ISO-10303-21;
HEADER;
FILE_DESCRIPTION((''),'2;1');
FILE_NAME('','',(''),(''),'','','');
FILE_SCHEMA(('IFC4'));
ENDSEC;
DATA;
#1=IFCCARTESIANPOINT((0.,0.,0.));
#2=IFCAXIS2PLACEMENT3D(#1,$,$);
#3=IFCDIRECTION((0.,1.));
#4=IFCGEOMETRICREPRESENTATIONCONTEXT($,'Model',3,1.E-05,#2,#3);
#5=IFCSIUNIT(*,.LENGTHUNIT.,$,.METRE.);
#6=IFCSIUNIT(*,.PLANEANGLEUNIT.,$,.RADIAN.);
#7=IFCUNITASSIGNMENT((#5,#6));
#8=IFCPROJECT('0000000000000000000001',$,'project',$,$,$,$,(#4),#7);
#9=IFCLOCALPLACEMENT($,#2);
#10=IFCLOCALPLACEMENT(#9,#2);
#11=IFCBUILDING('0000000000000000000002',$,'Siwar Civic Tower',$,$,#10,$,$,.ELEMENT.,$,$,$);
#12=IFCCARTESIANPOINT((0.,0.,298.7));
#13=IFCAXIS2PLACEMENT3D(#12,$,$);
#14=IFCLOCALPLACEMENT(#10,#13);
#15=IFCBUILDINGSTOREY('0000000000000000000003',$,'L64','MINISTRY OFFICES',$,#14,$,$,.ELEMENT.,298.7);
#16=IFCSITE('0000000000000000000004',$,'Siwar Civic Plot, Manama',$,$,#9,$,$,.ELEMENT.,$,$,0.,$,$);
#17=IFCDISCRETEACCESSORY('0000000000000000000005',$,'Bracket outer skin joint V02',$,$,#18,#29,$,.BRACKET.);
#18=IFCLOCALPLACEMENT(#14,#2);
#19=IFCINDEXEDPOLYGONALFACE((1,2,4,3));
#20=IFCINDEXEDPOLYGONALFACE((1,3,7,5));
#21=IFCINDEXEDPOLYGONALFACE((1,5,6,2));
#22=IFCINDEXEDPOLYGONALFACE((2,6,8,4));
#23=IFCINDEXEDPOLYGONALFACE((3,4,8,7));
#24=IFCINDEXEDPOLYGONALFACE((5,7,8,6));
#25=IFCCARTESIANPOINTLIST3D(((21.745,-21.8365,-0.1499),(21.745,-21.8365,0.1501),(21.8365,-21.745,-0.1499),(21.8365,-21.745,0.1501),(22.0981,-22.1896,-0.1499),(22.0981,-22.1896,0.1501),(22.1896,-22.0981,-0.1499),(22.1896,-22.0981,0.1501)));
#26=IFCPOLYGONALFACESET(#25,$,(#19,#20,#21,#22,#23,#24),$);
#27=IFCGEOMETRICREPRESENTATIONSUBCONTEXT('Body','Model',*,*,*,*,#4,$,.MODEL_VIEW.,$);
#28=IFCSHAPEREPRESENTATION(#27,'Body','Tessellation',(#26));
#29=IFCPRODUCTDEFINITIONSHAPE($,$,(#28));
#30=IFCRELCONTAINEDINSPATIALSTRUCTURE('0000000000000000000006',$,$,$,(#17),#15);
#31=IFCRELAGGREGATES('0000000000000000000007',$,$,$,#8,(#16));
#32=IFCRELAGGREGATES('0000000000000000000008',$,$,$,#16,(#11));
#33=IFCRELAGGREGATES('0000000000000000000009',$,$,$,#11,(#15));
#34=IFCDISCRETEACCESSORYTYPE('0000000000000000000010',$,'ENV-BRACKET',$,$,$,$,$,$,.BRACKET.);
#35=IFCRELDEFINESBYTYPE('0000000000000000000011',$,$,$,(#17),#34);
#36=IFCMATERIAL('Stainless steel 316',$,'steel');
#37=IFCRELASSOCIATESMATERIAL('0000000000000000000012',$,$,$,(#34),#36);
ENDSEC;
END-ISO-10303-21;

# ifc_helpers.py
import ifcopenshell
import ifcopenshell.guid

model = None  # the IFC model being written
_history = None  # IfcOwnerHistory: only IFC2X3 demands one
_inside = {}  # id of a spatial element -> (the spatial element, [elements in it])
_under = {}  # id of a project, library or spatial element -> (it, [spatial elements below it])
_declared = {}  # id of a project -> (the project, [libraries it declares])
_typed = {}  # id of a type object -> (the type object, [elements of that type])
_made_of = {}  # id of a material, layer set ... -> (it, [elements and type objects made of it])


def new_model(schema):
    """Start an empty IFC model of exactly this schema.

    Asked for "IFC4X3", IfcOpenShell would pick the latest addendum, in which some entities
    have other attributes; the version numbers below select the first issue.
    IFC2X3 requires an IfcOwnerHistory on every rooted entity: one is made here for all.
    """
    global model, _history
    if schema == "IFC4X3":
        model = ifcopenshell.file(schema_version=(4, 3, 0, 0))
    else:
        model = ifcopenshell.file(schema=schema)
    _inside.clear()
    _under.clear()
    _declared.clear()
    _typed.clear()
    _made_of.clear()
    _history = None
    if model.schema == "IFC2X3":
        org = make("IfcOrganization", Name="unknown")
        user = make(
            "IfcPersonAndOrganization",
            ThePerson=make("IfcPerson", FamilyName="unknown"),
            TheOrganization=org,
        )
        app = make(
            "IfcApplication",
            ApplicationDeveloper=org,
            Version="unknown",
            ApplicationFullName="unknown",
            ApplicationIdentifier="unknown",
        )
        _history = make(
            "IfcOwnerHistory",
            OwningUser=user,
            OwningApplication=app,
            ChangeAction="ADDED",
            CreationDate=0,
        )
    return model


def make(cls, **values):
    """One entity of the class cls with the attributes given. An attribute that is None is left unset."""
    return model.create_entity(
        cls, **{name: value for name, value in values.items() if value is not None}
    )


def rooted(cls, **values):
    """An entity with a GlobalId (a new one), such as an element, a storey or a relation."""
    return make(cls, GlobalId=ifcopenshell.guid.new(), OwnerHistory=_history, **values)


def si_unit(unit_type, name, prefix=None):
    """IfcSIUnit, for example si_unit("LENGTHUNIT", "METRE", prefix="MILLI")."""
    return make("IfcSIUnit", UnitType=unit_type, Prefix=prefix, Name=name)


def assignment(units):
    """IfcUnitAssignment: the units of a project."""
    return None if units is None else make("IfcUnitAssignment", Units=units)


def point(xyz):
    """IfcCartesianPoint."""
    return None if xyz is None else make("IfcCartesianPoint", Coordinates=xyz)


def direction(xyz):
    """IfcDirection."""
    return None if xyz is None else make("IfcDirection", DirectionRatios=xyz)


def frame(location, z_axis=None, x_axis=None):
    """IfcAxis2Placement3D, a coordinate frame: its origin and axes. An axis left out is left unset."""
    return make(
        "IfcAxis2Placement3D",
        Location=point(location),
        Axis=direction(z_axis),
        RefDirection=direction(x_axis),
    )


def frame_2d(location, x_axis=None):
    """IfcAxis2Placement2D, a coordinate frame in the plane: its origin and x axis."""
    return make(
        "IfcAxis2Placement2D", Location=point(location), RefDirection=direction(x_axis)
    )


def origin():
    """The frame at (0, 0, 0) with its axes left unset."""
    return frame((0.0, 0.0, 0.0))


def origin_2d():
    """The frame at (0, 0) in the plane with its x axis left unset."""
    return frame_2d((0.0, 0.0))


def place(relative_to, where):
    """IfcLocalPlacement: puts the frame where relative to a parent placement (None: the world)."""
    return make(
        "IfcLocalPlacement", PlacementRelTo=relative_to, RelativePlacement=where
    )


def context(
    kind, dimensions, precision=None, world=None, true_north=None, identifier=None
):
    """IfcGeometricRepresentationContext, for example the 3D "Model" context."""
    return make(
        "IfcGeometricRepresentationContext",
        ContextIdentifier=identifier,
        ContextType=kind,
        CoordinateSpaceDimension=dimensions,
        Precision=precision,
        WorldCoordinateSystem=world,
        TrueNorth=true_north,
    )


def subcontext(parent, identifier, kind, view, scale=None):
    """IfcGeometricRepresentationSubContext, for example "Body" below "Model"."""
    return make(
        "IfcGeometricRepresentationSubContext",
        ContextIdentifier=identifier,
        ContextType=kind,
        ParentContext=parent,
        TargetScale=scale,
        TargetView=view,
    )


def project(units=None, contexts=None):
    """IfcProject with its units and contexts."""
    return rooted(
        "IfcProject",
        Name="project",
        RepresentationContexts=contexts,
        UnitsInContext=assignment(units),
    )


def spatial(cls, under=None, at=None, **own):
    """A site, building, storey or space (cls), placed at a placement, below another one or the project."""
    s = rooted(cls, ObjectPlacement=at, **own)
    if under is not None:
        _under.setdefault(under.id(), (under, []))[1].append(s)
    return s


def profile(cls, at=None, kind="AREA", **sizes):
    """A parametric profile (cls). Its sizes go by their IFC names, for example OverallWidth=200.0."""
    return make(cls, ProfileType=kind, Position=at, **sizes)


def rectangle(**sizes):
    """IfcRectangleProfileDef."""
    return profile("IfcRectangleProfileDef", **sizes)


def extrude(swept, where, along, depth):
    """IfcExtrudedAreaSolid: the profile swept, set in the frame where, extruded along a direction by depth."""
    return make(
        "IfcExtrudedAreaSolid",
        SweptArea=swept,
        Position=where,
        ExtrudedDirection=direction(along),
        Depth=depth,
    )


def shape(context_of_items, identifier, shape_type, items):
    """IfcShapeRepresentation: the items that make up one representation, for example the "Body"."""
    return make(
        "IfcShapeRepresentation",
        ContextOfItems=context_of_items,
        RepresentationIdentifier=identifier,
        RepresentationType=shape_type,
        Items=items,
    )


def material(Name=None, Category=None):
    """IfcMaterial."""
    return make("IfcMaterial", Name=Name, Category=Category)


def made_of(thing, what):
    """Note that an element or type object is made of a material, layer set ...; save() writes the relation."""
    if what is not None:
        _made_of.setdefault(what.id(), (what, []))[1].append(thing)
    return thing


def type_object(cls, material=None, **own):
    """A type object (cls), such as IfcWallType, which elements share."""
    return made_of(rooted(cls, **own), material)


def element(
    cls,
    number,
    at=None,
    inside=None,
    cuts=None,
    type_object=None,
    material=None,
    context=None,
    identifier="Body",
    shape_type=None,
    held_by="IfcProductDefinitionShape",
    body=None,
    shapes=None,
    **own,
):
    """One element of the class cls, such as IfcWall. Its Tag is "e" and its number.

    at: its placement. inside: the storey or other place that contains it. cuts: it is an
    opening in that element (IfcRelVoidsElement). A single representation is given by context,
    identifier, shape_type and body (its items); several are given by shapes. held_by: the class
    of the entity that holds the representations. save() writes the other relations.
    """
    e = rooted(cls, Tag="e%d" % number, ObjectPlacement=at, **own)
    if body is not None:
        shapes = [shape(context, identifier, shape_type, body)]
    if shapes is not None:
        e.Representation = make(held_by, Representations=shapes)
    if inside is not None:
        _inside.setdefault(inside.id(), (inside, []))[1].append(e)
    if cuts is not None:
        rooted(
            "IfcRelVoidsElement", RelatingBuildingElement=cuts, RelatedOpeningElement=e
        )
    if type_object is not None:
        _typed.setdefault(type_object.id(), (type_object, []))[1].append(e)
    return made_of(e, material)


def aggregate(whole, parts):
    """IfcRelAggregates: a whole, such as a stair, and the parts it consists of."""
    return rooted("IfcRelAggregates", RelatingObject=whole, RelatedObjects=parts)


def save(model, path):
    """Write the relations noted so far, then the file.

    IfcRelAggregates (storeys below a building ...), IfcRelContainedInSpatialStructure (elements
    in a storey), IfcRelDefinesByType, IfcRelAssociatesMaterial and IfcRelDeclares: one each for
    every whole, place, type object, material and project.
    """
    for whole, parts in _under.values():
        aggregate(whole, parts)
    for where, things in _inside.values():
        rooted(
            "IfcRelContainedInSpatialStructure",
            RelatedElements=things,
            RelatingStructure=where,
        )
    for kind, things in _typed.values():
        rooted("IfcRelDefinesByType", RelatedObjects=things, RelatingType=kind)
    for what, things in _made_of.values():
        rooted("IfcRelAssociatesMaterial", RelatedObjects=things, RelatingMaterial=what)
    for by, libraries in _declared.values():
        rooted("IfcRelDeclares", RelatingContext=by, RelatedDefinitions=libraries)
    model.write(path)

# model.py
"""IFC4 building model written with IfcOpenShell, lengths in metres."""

from ifc_helpers import new_model, si_unit, direction, frame, origin, origin_2d, place, context, subcontext, project, spatial, rectangle, extrude, material, type_object, element, save


model = new_model("IFC4")

# Units and contexts
model_context = context("Model", 3, precision=1e-05, world=origin(), true_north=direction((0.0, 1.0)))
body_context = subcontext(model_context, "Body", "Model", "MODEL_VIEW")
ifc_project = project(units=[si_unit("LENGTHUNIT", "METRE"), si_unit("PLANEANGLEUNIT", "RADIAN")], contexts=[model_context])

# Site, building, storey
site_placement = place(None, origin())
site = spatial("IfcSite", under=ifc_project, at=site_placement, Name="Siwar Civic Plot, Manama", CompositionType="ELEMENT", RefElevation=0.0)
building_placement = place(site_placement, origin())
building = spatial("IfcBuilding", under=site, at=building_placement, Name="Siwar Civic Tower", CompositionType="ELEMENT")
storey_placement = place(building_placement, frame((0.0, 0.0, 298.7)))
storey = spatial("IfcBuildingStorey", under=building, at=storey_placement, Name="L64", Description="MINISTRY OFFICES", CompositionType="ELEMENT", Elevation=298.7)

# Discrete accessory
ifc_material_1 = material(Name="Stainless steel 316", Category="steel")
discrete_accessory_type = type_object("IfcDiscreteAccessoryType", Name="ENV-BRACKET", PredefinedType="BRACKET", material=ifc_material_1)
discrete_accessory_1_placement = place(storey_placement, frame((21.9673, -21.9673, -0.1499), z_axis=(0.0, 0.0, 1.0), x_axis=(0.707107, -0.707107, 0.0)))
element("IfcDiscreteAccessory", 1, at=discrete_accessory_1_placement, inside=storey, type_object=discrete_accessory_type, Name="Bracket outer skin joint V02", PredefinedType="BRACKET", context=body_context, shape_type="SweptSolid", body=[
    extrude(rectangle(XDim=0.4993, YDim=0.1294, at=origin_2d()), origin(), (0.0, 0.0, 1.0), 0.3),
])

save(model, "model.ifc")
